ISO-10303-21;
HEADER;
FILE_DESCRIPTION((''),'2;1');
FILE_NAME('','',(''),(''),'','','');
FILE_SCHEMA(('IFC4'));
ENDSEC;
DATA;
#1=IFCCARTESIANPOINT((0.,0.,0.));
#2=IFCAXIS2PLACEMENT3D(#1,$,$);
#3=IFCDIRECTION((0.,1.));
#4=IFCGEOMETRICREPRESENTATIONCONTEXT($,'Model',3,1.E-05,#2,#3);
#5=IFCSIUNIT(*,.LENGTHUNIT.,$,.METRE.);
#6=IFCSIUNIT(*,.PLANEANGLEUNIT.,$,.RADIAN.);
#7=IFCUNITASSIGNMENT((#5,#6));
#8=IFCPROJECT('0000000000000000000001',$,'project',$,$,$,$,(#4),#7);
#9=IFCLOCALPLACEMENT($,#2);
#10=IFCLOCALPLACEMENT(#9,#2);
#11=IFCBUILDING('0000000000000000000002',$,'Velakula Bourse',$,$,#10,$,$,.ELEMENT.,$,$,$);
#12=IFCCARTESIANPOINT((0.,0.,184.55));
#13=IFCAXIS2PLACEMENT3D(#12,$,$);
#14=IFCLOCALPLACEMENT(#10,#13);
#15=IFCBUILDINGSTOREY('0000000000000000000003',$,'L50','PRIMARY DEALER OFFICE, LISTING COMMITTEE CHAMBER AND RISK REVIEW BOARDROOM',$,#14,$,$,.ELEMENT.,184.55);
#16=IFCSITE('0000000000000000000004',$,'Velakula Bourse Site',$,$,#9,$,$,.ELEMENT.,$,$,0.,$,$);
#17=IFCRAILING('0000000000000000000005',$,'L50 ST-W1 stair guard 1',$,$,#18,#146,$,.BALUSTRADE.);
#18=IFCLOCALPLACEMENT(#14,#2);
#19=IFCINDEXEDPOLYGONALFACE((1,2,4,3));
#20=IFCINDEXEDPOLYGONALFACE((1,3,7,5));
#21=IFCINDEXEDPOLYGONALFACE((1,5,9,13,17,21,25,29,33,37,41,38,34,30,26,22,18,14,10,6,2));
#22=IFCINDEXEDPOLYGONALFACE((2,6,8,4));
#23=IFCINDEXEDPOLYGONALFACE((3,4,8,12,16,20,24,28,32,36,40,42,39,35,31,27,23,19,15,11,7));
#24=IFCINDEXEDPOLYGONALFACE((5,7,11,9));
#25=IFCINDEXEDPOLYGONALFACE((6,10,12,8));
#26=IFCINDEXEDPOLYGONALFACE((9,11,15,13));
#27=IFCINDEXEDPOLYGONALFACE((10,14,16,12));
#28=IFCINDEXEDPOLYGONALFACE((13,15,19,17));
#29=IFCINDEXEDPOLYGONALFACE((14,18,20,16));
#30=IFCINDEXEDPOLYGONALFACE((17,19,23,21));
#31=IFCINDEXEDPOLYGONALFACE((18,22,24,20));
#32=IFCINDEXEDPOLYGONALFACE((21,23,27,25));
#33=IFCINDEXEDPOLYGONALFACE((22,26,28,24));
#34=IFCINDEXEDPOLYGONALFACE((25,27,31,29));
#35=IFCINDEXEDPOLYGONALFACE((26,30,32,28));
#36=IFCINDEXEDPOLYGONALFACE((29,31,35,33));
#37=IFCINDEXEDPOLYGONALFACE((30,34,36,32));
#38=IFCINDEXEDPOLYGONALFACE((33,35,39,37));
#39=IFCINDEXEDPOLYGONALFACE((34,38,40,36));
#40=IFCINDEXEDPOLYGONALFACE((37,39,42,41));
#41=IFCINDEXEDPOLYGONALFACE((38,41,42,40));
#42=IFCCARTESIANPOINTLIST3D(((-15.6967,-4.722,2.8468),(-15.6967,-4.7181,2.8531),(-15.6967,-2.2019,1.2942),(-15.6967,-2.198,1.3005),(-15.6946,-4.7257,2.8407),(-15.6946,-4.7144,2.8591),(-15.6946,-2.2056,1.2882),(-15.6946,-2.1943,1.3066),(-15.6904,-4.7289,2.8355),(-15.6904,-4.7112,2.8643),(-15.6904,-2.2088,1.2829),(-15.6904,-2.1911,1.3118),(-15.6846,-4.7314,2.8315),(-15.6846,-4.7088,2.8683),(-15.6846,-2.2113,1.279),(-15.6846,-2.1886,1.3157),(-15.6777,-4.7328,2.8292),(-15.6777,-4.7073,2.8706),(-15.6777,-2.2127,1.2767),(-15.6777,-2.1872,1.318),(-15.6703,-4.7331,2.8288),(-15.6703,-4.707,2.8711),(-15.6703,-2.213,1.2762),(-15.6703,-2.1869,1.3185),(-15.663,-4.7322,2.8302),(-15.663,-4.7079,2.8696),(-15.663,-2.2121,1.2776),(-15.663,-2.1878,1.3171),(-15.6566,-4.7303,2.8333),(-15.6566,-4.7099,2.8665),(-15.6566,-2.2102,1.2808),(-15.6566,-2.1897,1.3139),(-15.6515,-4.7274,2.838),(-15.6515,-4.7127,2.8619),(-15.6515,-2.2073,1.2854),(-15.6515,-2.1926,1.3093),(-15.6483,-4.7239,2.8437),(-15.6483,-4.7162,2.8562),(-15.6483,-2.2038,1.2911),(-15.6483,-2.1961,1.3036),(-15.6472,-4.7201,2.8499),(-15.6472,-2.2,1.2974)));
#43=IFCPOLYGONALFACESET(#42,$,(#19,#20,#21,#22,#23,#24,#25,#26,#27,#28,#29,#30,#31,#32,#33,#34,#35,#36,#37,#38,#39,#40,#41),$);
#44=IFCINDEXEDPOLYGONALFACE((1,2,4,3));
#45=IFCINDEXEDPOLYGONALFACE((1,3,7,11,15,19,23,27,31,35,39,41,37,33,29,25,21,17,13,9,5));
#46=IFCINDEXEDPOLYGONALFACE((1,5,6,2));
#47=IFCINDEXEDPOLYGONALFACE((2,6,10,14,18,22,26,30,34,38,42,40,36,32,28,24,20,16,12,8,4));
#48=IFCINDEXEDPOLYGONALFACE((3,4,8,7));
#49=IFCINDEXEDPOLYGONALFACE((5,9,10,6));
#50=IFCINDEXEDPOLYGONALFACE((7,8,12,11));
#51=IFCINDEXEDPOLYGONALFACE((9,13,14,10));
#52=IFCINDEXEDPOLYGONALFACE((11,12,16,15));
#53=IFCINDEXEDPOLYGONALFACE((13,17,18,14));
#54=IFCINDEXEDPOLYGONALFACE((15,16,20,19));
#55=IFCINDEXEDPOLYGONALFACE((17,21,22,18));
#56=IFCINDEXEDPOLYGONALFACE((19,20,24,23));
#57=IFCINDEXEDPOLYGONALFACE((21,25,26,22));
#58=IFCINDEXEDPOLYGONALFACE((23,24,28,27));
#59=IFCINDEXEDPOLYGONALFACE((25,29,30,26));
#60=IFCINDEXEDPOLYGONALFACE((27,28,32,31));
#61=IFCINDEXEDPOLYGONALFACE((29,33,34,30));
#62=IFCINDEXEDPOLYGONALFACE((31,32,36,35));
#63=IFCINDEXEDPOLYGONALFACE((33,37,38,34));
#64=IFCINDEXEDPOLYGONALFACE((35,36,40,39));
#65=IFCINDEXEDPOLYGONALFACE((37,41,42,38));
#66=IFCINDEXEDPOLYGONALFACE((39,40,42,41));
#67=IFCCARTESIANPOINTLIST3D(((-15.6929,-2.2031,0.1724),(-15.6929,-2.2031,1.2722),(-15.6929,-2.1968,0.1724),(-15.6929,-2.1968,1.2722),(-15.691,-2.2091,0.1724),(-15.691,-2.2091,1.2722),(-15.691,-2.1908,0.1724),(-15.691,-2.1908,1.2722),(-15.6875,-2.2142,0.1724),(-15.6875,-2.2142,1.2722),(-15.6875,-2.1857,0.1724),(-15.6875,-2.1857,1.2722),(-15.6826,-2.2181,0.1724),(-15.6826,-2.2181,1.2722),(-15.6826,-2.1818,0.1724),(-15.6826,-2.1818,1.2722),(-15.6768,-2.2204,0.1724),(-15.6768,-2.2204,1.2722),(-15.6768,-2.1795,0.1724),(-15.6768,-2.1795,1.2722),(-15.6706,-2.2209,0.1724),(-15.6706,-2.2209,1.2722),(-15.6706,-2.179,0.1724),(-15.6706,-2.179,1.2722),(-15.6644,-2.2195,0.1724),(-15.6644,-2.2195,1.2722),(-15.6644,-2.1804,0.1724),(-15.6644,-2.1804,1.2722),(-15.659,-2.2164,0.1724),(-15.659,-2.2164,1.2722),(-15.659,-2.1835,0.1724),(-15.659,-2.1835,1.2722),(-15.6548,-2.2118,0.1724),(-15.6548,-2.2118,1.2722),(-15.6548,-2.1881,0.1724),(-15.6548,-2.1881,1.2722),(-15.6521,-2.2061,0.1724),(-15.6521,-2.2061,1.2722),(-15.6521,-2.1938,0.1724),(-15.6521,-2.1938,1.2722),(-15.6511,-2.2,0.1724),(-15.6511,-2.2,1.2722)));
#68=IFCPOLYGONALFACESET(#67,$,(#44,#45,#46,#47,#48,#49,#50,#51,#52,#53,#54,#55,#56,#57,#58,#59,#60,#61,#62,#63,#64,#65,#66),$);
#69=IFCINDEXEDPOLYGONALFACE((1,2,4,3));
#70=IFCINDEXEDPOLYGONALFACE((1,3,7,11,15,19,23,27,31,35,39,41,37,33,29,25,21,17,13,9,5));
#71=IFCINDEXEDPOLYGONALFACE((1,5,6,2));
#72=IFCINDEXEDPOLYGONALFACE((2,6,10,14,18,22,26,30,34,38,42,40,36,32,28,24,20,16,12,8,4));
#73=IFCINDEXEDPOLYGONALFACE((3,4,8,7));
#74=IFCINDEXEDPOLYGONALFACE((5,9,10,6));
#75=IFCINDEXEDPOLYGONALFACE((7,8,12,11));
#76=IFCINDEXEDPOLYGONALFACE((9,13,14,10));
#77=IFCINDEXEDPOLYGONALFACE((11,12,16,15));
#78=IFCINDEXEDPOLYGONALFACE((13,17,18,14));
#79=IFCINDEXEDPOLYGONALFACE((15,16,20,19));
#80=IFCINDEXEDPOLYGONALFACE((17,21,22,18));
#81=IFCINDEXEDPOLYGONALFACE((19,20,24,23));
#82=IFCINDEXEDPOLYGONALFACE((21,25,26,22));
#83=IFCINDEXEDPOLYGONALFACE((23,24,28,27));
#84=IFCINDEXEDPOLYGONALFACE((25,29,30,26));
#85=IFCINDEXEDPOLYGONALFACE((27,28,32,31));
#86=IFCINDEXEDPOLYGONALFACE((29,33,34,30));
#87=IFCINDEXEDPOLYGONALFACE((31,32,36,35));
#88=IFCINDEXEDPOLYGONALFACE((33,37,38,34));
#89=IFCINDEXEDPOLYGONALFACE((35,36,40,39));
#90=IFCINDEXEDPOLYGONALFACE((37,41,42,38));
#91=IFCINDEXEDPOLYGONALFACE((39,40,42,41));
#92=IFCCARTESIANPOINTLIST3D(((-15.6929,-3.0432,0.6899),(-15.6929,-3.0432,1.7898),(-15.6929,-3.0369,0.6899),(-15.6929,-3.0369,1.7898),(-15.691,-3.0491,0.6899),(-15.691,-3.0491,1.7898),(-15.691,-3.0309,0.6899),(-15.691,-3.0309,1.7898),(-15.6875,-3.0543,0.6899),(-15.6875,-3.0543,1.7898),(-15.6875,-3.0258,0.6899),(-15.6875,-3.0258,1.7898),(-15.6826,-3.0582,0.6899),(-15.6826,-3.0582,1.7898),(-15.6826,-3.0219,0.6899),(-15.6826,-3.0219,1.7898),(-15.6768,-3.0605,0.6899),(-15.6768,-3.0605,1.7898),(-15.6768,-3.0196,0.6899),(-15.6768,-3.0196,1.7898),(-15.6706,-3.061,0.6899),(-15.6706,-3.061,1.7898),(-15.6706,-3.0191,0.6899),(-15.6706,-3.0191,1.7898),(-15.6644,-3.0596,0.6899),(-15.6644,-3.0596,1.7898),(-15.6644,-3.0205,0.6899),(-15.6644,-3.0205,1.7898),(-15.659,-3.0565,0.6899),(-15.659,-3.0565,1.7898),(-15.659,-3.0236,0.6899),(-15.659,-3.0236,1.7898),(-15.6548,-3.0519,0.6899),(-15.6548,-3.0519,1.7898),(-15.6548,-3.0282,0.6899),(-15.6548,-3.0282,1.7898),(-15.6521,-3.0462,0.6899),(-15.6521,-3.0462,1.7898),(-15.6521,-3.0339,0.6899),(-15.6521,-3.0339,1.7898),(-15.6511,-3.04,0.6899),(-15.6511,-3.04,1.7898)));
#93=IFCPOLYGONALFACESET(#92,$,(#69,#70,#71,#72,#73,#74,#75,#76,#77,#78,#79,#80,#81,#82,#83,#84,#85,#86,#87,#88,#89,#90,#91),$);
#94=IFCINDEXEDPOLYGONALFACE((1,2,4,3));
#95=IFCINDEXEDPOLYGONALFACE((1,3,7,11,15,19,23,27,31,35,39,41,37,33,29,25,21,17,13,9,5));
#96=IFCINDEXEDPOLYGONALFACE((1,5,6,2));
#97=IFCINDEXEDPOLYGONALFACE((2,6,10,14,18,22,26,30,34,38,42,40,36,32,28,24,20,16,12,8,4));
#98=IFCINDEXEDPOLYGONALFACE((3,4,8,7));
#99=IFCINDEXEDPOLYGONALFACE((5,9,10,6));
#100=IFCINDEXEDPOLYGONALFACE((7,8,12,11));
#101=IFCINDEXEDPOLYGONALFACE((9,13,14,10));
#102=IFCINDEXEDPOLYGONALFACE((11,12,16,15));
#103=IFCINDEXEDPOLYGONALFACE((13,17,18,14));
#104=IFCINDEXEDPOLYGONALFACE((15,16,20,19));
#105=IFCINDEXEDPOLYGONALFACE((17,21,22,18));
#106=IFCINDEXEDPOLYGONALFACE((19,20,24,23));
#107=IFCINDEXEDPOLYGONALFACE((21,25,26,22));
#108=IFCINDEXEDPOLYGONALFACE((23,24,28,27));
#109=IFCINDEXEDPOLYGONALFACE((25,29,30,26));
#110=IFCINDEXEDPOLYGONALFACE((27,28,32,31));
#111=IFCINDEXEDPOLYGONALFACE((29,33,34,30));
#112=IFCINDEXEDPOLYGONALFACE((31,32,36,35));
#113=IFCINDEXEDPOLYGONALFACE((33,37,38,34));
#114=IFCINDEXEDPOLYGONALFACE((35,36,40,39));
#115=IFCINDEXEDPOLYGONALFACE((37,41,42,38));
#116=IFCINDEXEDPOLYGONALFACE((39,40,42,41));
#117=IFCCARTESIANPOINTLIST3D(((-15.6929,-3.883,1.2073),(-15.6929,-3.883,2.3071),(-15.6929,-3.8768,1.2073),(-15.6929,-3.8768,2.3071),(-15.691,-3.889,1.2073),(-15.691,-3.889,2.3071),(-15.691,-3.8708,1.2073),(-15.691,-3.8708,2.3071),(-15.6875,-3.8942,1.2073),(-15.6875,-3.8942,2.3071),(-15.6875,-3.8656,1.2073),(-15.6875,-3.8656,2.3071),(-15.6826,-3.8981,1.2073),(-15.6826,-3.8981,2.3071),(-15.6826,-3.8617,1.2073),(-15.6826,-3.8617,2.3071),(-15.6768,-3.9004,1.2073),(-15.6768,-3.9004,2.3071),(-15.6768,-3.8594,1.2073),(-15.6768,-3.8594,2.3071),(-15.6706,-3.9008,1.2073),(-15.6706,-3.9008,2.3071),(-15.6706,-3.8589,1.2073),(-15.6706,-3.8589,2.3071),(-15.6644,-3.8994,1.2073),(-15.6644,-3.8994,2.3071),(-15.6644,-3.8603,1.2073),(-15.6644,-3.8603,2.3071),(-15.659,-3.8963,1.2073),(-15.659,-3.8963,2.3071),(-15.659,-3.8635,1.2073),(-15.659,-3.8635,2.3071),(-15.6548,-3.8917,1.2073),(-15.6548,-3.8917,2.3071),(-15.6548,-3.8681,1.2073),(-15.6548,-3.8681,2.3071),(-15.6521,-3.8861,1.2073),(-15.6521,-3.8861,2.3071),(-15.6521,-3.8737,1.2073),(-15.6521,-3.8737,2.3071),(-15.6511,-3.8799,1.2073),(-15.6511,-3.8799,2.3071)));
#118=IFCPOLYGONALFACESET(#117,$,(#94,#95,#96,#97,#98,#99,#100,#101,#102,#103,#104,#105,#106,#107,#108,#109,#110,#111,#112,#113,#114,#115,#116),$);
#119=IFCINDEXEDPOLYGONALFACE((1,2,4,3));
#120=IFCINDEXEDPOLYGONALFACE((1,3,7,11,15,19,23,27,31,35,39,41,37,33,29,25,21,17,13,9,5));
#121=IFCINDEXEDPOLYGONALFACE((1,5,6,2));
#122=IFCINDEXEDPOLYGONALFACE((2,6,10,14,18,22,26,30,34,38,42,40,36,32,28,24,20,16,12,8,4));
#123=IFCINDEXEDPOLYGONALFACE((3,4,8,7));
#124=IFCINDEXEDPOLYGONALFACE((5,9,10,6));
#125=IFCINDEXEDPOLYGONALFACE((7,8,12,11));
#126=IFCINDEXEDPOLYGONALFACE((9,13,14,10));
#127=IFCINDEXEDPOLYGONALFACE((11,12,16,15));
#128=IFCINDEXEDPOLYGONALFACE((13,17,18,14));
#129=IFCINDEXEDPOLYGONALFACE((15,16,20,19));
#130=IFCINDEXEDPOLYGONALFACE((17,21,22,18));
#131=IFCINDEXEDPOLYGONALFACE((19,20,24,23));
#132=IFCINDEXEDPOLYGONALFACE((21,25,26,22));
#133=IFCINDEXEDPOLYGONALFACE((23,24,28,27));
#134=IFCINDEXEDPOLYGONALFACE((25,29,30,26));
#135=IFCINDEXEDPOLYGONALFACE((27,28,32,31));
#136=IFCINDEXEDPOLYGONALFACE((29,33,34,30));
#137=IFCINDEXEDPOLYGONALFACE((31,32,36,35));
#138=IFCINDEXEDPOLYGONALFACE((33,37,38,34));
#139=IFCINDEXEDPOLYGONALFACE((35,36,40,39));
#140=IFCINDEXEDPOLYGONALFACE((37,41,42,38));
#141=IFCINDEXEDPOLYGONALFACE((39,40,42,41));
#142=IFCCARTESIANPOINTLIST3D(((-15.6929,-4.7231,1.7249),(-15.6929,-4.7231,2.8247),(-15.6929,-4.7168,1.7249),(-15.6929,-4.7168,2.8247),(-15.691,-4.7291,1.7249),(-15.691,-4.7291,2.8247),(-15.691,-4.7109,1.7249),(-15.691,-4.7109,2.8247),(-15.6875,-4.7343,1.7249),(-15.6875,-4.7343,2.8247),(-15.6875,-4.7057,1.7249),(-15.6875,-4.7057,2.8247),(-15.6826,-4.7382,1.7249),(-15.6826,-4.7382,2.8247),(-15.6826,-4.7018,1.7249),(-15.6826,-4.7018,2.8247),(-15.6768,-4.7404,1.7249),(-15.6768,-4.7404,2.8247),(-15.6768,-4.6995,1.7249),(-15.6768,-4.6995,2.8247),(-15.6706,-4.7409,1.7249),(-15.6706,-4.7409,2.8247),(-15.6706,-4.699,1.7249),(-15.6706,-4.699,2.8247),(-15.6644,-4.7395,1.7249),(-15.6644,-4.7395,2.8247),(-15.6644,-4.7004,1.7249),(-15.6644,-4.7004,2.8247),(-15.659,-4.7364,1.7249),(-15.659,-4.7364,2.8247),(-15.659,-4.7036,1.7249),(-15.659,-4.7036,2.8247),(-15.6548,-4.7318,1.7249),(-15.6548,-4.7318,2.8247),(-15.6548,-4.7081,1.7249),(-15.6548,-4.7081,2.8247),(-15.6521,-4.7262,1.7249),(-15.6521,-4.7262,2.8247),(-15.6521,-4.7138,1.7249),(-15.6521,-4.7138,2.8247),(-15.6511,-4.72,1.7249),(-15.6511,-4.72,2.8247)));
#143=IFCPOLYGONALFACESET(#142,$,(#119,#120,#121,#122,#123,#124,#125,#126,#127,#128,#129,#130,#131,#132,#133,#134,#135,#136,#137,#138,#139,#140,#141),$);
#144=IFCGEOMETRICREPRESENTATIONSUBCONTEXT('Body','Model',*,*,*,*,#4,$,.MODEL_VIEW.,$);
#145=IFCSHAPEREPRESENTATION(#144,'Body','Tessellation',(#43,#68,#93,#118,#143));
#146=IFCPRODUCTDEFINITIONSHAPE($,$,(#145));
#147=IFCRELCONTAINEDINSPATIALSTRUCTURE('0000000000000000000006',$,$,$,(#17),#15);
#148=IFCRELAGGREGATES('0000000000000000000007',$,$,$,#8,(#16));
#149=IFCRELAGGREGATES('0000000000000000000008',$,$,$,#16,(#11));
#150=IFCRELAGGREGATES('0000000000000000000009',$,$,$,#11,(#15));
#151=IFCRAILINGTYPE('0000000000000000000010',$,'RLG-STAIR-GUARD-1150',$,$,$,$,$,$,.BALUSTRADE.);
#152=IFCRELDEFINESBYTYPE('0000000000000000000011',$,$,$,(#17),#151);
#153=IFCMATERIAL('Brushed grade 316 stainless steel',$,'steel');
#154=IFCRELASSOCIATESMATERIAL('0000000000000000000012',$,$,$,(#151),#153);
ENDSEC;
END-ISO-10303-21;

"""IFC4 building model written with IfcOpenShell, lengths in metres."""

from ifc_helpers import new_model, si_unit, direction, frame, origin, origin_2d, place, context, subcontext, project, spatial, circle, extrude, material, type_object, element, save


model = new_model("IFC4")

# Units and contexts
model_context = context("Model", 3, precision=1e-05, world=origin(), true_north=direction((0.0, 1.0)))
body_context = subcontext(model_context, "Body", "Model", "MODEL_VIEW")
ifc_project = project(units=[si_unit("LENGTHUNIT", "METRE"), si_unit("PLANEANGLEUNIT", "RADIAN")], contexts=[model_context])

# Site, building, storey
site_placement = place(None, origin())
site = spatial("IfcSite", under=ifc_project, at=site_placement, Name="Velakula Bourse Site", CompositionType="ELEMENT", RefElevation=0.0)
building_placement = place(site_placement, origin())
building = spatial("IfcBuilding", under=site, at=building_placement, Name="Velakula Bourse", CompositionType="ELEMENT")
storey_placement = place(building_placement, frame((0.0, 0.0, 184.55)))
storey = spatial("IfcBuildingStorey", under=building, at=storey_placement, Name="L50", Description="PRIMARY DEALER OFFICE, LISTING COMMITTEE CHAMBER AND RISK REVIEW BOARDROOM", CompositionType="ELEMENT", Elevation=184.55)

# Shared definitions
ifc_material_1 = material(Name="Brushed grade 316 stainless steel", Category="steel")

# Railing
railing_type_1 = type_object("IfcRailingType", Name="RLG-STAIR-GUARD-1150", PredefinedType="BALUSTRADE", material=ifc_material_1)
railing_1_placement = place(storey_placement, frame((-15.6721, -2.2, 0.1724)))
element("IfcRailing", 1, at=railing_1_placement, inside=storey, type_object=railing_type_1, Name="L50 ST-W1 stair guard 1", PredefinedType="BALUSTRADE", context=body_context, shape_type="SweptSolid", body=[
    extrude(circle(Radius=0.0249, at=origin_2d()), frame((0.0, 0.0, 1.125), z_axis=(0.0, -0.8514, 0.524516), x_axis=(1.0, 0.0, 0.0)), (0.0, 0.0, 1.0), 2.96),
    extrude(circle(Radius=0.021, at=origin_2d()), origin(), (0.0, 0.0, 1.0), 1.0999),
    extrude(circle(Radius=0.021, at=origin_2d()), frame((0.0, -0.8401, 0.5176)), (0.0, 0.0, 1.0), 1.0999),
    extrude(circle(Radius=0.021, at=origin_2d()), frame((0.0, -1.6799, 1.0349)), (0.0, 0.0, 1.0), 1.0999),
    extrude(circle(Radius=0.021, at=origin_2d()), frame((0.0, -2.52, 1.5525)), (0.0, 0.0, 1.0), 1.0999),
])

save(model, "model.ifc")
